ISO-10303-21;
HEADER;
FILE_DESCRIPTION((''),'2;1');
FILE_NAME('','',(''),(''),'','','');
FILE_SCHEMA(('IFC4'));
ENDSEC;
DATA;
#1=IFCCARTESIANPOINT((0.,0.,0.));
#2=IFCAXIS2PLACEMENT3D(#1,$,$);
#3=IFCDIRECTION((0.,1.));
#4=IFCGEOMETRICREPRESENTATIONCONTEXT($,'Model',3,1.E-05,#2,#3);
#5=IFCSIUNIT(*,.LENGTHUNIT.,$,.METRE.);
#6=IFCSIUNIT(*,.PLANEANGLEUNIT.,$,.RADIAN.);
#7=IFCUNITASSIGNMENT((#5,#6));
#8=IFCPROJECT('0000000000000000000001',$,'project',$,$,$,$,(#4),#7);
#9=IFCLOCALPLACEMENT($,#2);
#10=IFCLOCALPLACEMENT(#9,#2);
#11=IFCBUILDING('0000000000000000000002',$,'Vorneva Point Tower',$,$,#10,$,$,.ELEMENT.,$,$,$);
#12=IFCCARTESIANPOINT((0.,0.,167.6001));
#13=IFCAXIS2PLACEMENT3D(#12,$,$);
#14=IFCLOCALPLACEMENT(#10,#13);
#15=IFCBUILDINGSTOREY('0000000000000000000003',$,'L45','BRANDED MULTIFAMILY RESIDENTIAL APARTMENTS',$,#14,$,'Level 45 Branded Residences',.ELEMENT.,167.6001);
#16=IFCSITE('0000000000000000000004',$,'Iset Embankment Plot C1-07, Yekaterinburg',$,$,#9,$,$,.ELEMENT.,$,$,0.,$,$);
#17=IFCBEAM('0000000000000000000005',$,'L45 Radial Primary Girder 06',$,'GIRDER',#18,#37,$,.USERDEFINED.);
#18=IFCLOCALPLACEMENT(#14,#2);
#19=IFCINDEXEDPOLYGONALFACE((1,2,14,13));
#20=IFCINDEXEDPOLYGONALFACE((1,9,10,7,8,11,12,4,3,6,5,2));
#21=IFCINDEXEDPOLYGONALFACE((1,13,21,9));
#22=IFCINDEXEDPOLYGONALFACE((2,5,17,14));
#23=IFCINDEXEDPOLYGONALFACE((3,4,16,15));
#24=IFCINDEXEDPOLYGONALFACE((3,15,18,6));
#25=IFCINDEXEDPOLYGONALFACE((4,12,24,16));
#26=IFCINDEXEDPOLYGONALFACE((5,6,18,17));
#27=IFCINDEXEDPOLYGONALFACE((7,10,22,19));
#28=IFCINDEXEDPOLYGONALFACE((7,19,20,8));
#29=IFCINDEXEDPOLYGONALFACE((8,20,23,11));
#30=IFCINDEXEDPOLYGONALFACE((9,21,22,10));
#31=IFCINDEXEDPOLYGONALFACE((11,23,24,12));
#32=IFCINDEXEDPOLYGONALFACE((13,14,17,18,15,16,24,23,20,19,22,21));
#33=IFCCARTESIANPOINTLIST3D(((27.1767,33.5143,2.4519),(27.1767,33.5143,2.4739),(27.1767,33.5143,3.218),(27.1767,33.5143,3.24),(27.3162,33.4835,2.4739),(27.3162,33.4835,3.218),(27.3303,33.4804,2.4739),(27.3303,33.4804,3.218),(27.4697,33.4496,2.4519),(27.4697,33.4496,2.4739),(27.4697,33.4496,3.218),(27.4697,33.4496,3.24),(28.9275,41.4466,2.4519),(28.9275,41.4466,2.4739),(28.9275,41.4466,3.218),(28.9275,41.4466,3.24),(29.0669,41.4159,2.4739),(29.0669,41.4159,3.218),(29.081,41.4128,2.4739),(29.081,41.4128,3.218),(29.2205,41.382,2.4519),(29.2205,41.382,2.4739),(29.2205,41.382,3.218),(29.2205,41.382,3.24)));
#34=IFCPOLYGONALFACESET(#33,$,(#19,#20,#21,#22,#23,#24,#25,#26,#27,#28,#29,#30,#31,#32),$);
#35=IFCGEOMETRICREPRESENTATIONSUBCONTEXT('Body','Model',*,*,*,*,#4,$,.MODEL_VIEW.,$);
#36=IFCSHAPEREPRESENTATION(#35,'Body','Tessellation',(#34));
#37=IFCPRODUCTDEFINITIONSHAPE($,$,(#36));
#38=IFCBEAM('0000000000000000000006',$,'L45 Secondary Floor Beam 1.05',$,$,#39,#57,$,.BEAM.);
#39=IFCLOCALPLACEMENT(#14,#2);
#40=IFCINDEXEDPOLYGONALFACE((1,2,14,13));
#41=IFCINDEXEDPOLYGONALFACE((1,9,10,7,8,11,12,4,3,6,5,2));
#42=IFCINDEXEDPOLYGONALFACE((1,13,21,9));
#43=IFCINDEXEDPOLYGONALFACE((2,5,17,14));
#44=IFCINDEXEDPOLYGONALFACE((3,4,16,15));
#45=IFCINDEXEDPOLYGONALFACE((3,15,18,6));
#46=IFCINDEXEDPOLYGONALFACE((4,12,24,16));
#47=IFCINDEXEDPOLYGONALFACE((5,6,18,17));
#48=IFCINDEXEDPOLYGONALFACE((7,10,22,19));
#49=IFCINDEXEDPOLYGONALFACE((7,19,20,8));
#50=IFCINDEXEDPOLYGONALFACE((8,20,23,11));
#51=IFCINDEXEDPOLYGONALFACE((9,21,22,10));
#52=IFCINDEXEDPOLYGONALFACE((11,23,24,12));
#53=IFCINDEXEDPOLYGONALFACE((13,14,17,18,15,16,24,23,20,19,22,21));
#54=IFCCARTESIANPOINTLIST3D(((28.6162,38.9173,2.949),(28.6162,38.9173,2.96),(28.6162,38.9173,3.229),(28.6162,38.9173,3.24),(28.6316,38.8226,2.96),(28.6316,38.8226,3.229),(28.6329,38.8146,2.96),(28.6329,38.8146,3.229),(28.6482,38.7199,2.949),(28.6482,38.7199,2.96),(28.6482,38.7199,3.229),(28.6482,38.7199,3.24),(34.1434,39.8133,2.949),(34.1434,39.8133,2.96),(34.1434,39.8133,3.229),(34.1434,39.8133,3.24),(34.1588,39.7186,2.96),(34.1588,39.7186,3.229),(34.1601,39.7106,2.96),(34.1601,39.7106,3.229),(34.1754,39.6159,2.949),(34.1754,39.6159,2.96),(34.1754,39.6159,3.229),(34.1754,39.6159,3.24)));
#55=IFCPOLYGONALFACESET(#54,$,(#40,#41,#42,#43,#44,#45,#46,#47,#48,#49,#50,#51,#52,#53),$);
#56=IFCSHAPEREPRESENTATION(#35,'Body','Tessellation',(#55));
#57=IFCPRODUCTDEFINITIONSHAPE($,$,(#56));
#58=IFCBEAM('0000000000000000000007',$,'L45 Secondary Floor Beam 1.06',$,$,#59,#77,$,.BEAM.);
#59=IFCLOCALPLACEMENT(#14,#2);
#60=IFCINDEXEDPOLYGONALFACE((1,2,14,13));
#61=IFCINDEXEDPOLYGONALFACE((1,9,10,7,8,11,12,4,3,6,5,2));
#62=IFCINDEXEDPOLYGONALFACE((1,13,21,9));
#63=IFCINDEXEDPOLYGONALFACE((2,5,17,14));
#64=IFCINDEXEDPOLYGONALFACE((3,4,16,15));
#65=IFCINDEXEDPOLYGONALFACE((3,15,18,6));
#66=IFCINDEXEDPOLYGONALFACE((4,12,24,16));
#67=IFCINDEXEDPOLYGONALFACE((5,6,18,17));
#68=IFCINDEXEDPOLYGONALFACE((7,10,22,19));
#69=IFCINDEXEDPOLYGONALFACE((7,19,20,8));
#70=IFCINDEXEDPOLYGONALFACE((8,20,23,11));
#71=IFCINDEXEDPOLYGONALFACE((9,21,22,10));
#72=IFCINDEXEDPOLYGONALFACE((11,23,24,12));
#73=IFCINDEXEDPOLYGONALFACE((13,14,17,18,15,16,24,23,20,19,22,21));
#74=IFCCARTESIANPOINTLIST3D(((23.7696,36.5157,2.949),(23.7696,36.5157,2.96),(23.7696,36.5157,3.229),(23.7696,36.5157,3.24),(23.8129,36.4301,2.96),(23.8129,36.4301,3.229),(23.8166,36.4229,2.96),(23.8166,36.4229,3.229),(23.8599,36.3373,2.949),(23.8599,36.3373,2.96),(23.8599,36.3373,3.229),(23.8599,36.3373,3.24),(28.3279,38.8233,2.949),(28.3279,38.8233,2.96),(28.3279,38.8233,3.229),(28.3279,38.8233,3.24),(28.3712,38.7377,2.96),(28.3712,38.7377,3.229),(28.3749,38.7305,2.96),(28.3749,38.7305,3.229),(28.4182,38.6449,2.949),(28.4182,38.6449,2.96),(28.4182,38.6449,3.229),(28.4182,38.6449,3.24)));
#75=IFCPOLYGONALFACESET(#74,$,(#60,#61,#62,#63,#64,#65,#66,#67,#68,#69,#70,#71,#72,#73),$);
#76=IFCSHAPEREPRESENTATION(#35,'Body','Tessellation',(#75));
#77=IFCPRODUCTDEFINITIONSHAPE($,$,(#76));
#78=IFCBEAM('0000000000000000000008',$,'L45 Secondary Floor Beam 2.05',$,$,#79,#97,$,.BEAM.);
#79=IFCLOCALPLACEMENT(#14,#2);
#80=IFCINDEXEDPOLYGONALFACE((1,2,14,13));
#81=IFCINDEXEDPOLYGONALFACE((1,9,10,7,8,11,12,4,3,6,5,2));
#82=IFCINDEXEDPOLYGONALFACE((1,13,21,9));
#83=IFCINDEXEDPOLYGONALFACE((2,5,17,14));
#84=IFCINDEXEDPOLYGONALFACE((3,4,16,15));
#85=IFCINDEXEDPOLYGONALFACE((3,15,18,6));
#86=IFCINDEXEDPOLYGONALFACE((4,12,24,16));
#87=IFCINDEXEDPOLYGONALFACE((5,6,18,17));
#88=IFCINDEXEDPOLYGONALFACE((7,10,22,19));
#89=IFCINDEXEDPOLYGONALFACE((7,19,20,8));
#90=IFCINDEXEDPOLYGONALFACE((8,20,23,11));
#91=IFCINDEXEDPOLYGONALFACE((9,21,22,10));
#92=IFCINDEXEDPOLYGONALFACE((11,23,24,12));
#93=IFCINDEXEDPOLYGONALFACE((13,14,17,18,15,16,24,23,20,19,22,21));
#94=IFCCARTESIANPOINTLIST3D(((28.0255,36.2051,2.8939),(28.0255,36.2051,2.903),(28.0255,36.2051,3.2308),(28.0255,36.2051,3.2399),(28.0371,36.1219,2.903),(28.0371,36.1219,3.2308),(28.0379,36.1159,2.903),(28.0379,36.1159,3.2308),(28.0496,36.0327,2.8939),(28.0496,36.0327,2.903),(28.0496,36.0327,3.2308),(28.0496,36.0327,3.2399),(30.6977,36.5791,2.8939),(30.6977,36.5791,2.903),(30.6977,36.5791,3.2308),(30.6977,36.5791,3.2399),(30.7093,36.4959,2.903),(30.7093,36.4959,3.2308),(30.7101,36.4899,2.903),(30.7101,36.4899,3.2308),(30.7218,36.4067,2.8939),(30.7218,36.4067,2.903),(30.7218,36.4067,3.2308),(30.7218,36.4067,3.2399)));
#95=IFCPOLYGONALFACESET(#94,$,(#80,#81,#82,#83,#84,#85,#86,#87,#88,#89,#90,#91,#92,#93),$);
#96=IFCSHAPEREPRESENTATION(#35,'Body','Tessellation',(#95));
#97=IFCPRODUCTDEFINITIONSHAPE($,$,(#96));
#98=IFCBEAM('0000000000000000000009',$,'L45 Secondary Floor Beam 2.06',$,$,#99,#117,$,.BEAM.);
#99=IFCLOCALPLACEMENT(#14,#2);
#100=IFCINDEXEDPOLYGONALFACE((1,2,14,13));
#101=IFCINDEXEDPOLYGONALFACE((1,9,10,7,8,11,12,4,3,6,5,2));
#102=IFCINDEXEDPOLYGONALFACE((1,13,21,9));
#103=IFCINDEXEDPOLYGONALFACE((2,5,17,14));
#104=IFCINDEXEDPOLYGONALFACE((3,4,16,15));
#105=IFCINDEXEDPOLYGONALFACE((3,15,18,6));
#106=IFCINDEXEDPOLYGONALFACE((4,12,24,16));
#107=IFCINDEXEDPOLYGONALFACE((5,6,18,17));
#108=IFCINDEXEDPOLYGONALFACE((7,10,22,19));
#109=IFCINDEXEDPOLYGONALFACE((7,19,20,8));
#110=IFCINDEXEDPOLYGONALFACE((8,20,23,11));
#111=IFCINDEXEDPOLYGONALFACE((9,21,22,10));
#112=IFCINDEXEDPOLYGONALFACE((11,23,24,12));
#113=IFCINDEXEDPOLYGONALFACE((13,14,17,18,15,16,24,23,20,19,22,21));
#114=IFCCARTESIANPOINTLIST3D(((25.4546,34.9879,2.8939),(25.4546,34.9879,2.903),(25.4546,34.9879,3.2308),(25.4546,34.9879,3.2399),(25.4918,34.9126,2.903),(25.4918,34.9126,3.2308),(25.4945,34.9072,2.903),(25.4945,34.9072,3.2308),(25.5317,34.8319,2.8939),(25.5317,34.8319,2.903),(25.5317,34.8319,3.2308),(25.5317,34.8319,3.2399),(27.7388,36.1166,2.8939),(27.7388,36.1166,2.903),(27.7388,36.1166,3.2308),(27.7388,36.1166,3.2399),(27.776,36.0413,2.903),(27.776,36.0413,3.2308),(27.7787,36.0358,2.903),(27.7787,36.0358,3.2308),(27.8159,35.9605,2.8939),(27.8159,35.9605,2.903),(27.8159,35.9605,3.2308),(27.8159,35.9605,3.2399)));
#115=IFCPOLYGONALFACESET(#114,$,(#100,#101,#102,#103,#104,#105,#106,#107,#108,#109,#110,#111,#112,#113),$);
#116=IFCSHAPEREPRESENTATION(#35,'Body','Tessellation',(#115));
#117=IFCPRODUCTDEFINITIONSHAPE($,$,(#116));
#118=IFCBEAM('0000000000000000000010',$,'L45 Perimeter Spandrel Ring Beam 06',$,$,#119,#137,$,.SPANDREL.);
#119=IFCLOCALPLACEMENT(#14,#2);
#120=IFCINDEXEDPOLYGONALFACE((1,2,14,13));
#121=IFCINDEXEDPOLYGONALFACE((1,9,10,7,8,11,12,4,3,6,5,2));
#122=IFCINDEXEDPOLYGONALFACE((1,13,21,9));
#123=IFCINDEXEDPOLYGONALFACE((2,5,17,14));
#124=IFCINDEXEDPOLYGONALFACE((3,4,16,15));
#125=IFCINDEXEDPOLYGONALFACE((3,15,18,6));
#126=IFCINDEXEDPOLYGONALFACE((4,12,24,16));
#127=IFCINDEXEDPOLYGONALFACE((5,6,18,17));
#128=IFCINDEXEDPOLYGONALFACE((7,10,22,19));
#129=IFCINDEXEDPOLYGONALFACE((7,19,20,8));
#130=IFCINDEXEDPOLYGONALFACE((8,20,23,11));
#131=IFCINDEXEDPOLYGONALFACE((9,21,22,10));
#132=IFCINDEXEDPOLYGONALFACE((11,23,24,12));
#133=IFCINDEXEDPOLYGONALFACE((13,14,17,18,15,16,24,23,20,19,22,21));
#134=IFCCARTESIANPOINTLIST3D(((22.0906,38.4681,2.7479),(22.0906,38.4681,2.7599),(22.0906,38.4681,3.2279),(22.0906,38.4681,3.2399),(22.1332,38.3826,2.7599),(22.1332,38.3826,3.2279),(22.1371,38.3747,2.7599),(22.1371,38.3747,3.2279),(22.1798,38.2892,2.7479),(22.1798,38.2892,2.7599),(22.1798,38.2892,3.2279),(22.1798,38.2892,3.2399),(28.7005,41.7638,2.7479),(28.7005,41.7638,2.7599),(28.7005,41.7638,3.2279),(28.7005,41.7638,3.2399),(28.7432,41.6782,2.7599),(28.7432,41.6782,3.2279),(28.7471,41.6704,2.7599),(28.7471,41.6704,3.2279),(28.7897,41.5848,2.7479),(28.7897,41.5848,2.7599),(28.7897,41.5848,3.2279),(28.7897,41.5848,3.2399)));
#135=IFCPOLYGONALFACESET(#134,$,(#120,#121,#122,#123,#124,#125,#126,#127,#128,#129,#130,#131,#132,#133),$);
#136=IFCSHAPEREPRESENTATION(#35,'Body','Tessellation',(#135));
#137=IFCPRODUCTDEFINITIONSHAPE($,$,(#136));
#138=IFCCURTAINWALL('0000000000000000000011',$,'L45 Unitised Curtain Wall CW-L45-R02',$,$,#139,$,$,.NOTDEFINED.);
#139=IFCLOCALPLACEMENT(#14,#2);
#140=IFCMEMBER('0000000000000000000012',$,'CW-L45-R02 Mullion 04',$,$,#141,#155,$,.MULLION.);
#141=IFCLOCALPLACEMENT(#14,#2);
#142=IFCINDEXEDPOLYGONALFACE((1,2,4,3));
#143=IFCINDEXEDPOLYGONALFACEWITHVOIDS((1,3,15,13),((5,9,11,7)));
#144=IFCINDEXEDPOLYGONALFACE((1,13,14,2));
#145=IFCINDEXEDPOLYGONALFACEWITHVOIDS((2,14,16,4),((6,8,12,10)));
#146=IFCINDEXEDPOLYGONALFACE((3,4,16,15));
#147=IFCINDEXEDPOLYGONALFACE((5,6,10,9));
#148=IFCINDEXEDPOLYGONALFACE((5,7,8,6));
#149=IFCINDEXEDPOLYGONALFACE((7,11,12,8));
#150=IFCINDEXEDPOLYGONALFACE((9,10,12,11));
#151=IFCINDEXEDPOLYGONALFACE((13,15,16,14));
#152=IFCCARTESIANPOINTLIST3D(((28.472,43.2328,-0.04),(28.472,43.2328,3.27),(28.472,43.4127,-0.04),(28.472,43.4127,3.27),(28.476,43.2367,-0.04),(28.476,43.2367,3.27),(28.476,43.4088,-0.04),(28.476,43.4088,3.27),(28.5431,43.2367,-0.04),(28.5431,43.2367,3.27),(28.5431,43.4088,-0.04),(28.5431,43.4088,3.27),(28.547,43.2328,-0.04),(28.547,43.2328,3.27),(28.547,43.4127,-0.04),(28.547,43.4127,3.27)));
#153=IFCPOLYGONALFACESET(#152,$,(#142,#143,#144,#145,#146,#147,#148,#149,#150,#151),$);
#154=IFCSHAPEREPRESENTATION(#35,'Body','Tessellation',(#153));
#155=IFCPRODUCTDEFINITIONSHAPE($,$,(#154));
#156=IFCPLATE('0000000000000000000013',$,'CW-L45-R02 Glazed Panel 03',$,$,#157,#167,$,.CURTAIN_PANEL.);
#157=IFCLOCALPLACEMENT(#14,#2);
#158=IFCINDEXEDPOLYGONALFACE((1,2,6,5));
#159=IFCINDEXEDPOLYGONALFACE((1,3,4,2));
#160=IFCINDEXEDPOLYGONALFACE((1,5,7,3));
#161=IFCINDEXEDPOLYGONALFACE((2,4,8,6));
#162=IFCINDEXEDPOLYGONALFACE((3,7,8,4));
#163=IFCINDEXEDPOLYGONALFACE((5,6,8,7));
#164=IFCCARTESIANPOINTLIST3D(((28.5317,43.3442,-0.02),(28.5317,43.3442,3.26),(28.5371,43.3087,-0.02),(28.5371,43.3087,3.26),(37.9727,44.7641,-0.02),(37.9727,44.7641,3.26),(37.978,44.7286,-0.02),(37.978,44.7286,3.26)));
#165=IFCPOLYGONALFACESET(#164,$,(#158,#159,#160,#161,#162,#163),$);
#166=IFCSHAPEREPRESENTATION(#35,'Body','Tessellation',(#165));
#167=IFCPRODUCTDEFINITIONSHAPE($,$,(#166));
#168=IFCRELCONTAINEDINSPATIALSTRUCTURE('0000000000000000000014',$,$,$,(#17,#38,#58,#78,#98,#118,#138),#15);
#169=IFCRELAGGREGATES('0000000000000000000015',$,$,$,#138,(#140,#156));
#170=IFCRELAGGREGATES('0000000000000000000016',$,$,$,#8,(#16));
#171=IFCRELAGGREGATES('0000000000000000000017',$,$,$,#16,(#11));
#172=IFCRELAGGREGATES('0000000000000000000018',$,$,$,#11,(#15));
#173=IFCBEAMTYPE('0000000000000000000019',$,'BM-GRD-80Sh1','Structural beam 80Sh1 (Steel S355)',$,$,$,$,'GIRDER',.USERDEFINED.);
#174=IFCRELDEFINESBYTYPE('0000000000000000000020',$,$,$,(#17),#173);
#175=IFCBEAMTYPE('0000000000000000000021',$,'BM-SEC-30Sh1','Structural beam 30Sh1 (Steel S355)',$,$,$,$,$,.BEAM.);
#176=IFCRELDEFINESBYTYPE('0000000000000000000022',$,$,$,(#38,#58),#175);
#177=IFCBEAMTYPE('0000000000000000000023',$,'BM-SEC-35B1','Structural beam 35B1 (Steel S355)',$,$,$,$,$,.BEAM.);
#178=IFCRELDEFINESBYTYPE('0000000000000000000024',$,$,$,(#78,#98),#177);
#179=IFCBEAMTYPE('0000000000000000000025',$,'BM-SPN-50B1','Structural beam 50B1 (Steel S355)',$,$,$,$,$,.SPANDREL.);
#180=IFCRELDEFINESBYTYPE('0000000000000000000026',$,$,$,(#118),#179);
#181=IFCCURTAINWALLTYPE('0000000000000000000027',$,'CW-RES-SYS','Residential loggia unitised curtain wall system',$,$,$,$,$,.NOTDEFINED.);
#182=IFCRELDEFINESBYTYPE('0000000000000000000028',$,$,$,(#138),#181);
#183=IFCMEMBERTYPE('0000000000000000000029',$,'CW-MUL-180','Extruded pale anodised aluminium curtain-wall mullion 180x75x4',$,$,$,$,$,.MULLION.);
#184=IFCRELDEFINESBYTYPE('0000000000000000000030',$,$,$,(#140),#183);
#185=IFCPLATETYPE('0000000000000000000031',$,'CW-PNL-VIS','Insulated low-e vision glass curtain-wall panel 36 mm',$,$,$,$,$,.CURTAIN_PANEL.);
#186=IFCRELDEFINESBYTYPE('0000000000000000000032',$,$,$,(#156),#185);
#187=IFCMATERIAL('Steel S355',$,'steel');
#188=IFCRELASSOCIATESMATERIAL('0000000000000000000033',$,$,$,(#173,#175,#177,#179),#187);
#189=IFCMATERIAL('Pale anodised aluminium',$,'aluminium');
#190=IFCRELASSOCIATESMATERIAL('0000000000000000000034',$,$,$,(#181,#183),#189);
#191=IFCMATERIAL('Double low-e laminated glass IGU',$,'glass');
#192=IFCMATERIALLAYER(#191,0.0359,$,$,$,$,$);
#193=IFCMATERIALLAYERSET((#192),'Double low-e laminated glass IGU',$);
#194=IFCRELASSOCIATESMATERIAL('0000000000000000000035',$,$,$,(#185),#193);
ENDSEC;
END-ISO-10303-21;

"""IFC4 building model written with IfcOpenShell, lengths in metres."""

from ifc_helpers import new_model, si_unit, direction, frame, origin, origin_2d, place, context, subcontext, project, spatial, rectangle, hollow_rectangle, i_section, extrude, material, layer, layer_set, material_profile, profile_set, type_object, element, aggregate, save


model = new_model("IFC4")

# Units and contexts
model_context = context("Model", 3, precision=1e-05, world=origin(), true_north=direction((0.0, 1.0)))
body_context = subcontext(model_context, "Body", "Model", "MODEL_VIEW")
ifc_project = project(units=[si_unit("LENGTHUNIT", "METRE"), si_unit("PLANEANGLEUNIT", "RADIAN")], contexts=[model_context])

# Site, building, storey
site_placement = place(None, origin())
site = spatial("IfcSite", under=ifc_project, at=site_placement, Name="Iset Embankment Plot C1-07, Yekaterinburg", CompositionType="ELEMENT", RefElevation=0.0)
building_placement = place(site_placement, origin())
building = spatial("IfcBuilding", under=site, at=building_placement, Name="Vorneva Point Tower", CompositionType="ELEMENT")
storey_placement = place(building_placement, frame((0.0, 0.0, 167.6001)))
storey = spatial("IfcBuildingStorey", under=building, at=storey_placement, Name="L45", Description="BRANDED MULTIFAMILY RESIDENTIAL APARTMENTS", LongName="Level 45 Branded Residences", CompositionType="ELEMENT", Elevation=167.6001)

# Beams
ifc_material_1 = material(Name="Steel S355", Category="steel")
ifc_material_profile_1 = material_profile(ifc_material_1, i_section(OverallWidth=0.3, OverallDepth=0.7881, WebThickness=0.0144, FlangeThickness=0.022, at=origin_2d()), Name="80Sh1")
ifc_profile_set_1 = profile_set([ifc_material_profile_1], Name="Steel S355")
beam_type_1 = type_object("IfcBeamType", Name="BM-GRD-80Sh1", Description="Structural beam 80Sh1 (Steel S355)", ElementType="GIRDER", PredefinedType="USERDEFINED", material=ifc_profile_set_1)
beam_1_placement = place(storey_placement, frame((29.074, 41.4143, 2.8459), z_axis=(-0.215521, -0.976499, 0.0), x_axis=(0.976499, -0.215521, 0.0)))
element("IfcBeam", 1, at=beam_1_placement, inside=storey, type_object=beam_type_1, Name="L45 Radial Primary Girder 06", ObjectType="GIRDER", PredefinedType="USERDEFINED", context=body_context, shape_type="SweptSolid", body=[
    extrude(i_section(OverallWidth=0.3, OverallDepth=0.7881, WebThickness=0.0144, FlangeThickness=0.022, at=origin_2d()), origin(), (0.0, 0.0, 1.0), 8.1233),
])
ifc_material_profile_2 = material_profile(ifc_material_1, i_section(OverallWidth=0.2, OverallDepth=0.291, WebThickness=0.0081, FlangeThickness=0.011, at=origin_2d()), Name="30Sh1")
ifc_profile_set_2 = profile_set([ifc_material_profile_2], Name="Steel S355")
beam_type_2 = type_object("IfcBeamType", Name="BM-SEC-30Sh1", Description="Structural beam 30Sh1 (Steel S355)", PredefinedType="BEAM", material=ifc_profile_set_2)
beam_2_placement = place(storey_placement, frame((34.1594, 39.7146, 3.0945), z_axis=(-0.987114, -0.160021, 0.0), x_axis=(0.160021, -0.987114, 0.0)))
element("IfcBeam", 2, at=beam_2_placement, inside=storey, type_object=beam_type_2, Name="L45 Secondary Floor Beam 1.05", PredefinedType="BEAM", context=body_context, shape_type="SweptSolid", body=[
    extrude(i_section(OverallWidth=0.2, OverallDepth=0.291, WebThickness=0.0081, FlangeThickness=0.011, at=origin_2d()), origin(), (0.0, 0.0, 1.0), 5.5994),
])
beam_3_placement = place(storey_placement, frame((28.373, 38.7341, 3.0945), z_axis=(-0.892189, -0.451662, 0.0), x_axis=(0.451662, -0.892189, 0.0)))
element("IfcBeam", 3, at=beam_3_placement, inside=storey, type_object=beam_type_2, Name="L45 Secondary Floor Beam 1.06", PredefinedType="BEAM", context=body_context, shape_type="SweptSolid", body=[
    extrude(i_section(OverallWidth=0.2, OverallDepth=0.291, WebThickness=0.0081, FlangeThickness=0.011, at=origin_2d()), origin(), (0.0, 0.0, 1.0), 5.1091),
])
ifc_material_profile_3 = material_profile(ifc_material_1, i_section(OverallWidth=0.1741, OverallDepth=0.3459, WebThickness=0.0061, FlangeThickness=0.009, at=origin_2d()), Name="35B1")
ifc_profile_set_3 = profile_set([ifc_material_profile_3], Name="Steel S355")
beam_type_3 = type_object("IfcBeamType", Name="BM-SEC-35B1", Description="Structural beam 35B1 (Steel S355)", PredefinedType="BEAM", material=ifc_profile_set_3)
beam_4_placement = place(storey_placement, frame((30.7097, 36.4929, 3.0669), z_axis=(-0.990345, -0.138621, 0.0), x_axis=(0.138621, -0.990345, 0.0)))
element("IfcBeam", 4, at=beam_4_placement, inside=storey, type_object=beam_type_3, Name="L45 Secondary Floor Beam 2.05", PredefinedType="BEAM", context=body_context, shape_type="SweptSolid", body=[
    extrude(i_section(OverallWidth=0.1741, OverallDepth=0.3459, WebThickness=0.0061, FlangeThickness=0.009, at=origin_2d()), origin(), (0.0, 0.0, 1.0), 2.6982),
])
beam_5_placement = place(storey_placement, frame((27.7773, 36.0386, 3.0669), z_axis=(-0.896525, -0.442992, 0.0), x_axis=(0.442992, -0.896525, 0.0)))
element("IfcBeam", 5, at=beam_5_placement, inside=storey, type_object=beam_type_3, Name="L45 Secondary Floor Beam 2.06", PredefinedType="BEAM", context=body_context, shape_type="SweptSolid", body=[
    extrude(i_section(OverallWidth=0.1741, OverallDepth=0.3459, WebThickness=0.0061, FlangeThickness=0.009, at=origin_2d()), origin(), (0.0, 0.0, 1.0), 2.5479),
])
ifc_material_profile_4 = material_profile(ifc_material_1, i_section(OverallWidth=0.2, OverallDepth=0.4919, WebThickness=0.0088, FlangeThickness=0.012, at=origin_2d()), Name="50B1")
ifc_profile_set_4 = profile_set([ifc_material_profile_4], Name="Steel S355")
beam_type_4 = type_object("IfcBeamType", Name="BM-SPN-50B1", Description="Structural beam 50B1 (Steel S355)", PredefinedType="SPANDREL", material=ifc_profile_set_4)
beam_6_placement = place(storey_placement, frame((28.7451, 41.6743, 2.9939), z_axis=(-0.894929, -0.446208, 0.0), x_axis=(0.446208, -0.894929, 0.0)))
element("IfcBeam", 6, at=beam_6_placement, inside=storey, type_object=beam_type_4, Name="L45 Perimeter Spandrel Ring Beam 06", PredefinedType="SPANDREL", context=body_context, shape_type="SweptSolid", body=[
    extrude(i_section(OverallWidth=0.2, OverallDepth=0.4919, WebThickness=0.0088, FlangeThickness=0.012, at=origin_2d()), origin(), (0.0, 0.0, 1.0), 7.386),
])

# Curtain wall, member, plate
ifc_material_2 = material(Name="Pale anodised aluminium", Category="aluminium")
curtain_wall_type = type_object("IfcCurtainWallType", Name="CW-RES-SYS", Description="Residential loggia unitised curtain wall system", PredefinedType="NOTDEFINED", material=ifc_material_2)
curtain_wall_placement = place(storey_placement, origin())
curtain_wall = element("IfcCurtainWall", 7, at=curtain_wall_placement, inside=storey, type_object=curtain_wall_type, Name="L45 Unitised Curtain Wall CW-L45-R02", PredefinedType="NOTDEFINED")
ifc_material_profile_5 = material_profile(ifc_material_2, hollow_rectangle(XDim=0.075, YDim=0.1799, WallThickness=0.0039, at=origin_2d()), Name="AL-MUL 180x75x4")
ifc_profile_set_5 = profile_set([ifc_material_profile_5], Name="Pale anodised aluminium")
member_type = type_object("IfcMemberType", Name="CW-MUL-180", Description="Extruded pale anodised aluminium curtain-wall mullion 180x75x4", PredefinedType="MULLION", material=ifc_profile_set_5)
member_placement = place(storey_placement, frame((28.5095, 43.3228, -0.04), z_axis=(0.0, 0.0, 1.0), x_axis=(1.0, 0.0, 0.0)))
member = element("IfcMember", 8, at=member_placement, type_object=member_type, Name="CW-L45-R02 Mullion 04", PredefinedType="MULLION", context=body_context, shape_type="SweptSolid", body=[
    extrude(hollow_rectangle(XDim=0.075, YDim=0.1799, WallThickness=0.0039, at=origin_2d()), origin(), (0.0, 0.0, 1.0), 3.3101),
])
ifc_material_3 = material(Name="Double low-e laminated glass IGU", Category="glass")
ifc_layer_1 = layer(ifc_material_3, 0.0359)
ifc_layer_set_1 = layer_set([ifc_layer_1], Name="Double low-e laminated glass IGU")
plate_type = type_object("IfcPlateType", Name="CW-PNL-VIS", Description="Insulated low-e vision glass curtain-wall panel 36 mm", PredefinedType="CURTAIN_PANEL", material=ifc_layer_set_1)
plate_placement = place(storey_placement, frame((33.2549, 44.0364, -0.02), z_axis=(0.0, 0.0, 1.0), x_axis=(-0.988879, -0.148724, 0.0)))
plate = element("IfcPlate", 9, at=plate_placement, type_object=plate_type, Name="CW-L45-R02 Glazed Panel 03", PredefinedType="CURTAIN_PANEL", context=body_context, shape_type="SweptSolid", body=[
    extrude(rectangle(XDim=9.5471, YDim=0.0359, at=origin_2d()), origin(), (0.0, 0.0, 1.0), 3.28),
])
aggregate(curtain_wall, [member, plate])

save(model, "model.ifc")
